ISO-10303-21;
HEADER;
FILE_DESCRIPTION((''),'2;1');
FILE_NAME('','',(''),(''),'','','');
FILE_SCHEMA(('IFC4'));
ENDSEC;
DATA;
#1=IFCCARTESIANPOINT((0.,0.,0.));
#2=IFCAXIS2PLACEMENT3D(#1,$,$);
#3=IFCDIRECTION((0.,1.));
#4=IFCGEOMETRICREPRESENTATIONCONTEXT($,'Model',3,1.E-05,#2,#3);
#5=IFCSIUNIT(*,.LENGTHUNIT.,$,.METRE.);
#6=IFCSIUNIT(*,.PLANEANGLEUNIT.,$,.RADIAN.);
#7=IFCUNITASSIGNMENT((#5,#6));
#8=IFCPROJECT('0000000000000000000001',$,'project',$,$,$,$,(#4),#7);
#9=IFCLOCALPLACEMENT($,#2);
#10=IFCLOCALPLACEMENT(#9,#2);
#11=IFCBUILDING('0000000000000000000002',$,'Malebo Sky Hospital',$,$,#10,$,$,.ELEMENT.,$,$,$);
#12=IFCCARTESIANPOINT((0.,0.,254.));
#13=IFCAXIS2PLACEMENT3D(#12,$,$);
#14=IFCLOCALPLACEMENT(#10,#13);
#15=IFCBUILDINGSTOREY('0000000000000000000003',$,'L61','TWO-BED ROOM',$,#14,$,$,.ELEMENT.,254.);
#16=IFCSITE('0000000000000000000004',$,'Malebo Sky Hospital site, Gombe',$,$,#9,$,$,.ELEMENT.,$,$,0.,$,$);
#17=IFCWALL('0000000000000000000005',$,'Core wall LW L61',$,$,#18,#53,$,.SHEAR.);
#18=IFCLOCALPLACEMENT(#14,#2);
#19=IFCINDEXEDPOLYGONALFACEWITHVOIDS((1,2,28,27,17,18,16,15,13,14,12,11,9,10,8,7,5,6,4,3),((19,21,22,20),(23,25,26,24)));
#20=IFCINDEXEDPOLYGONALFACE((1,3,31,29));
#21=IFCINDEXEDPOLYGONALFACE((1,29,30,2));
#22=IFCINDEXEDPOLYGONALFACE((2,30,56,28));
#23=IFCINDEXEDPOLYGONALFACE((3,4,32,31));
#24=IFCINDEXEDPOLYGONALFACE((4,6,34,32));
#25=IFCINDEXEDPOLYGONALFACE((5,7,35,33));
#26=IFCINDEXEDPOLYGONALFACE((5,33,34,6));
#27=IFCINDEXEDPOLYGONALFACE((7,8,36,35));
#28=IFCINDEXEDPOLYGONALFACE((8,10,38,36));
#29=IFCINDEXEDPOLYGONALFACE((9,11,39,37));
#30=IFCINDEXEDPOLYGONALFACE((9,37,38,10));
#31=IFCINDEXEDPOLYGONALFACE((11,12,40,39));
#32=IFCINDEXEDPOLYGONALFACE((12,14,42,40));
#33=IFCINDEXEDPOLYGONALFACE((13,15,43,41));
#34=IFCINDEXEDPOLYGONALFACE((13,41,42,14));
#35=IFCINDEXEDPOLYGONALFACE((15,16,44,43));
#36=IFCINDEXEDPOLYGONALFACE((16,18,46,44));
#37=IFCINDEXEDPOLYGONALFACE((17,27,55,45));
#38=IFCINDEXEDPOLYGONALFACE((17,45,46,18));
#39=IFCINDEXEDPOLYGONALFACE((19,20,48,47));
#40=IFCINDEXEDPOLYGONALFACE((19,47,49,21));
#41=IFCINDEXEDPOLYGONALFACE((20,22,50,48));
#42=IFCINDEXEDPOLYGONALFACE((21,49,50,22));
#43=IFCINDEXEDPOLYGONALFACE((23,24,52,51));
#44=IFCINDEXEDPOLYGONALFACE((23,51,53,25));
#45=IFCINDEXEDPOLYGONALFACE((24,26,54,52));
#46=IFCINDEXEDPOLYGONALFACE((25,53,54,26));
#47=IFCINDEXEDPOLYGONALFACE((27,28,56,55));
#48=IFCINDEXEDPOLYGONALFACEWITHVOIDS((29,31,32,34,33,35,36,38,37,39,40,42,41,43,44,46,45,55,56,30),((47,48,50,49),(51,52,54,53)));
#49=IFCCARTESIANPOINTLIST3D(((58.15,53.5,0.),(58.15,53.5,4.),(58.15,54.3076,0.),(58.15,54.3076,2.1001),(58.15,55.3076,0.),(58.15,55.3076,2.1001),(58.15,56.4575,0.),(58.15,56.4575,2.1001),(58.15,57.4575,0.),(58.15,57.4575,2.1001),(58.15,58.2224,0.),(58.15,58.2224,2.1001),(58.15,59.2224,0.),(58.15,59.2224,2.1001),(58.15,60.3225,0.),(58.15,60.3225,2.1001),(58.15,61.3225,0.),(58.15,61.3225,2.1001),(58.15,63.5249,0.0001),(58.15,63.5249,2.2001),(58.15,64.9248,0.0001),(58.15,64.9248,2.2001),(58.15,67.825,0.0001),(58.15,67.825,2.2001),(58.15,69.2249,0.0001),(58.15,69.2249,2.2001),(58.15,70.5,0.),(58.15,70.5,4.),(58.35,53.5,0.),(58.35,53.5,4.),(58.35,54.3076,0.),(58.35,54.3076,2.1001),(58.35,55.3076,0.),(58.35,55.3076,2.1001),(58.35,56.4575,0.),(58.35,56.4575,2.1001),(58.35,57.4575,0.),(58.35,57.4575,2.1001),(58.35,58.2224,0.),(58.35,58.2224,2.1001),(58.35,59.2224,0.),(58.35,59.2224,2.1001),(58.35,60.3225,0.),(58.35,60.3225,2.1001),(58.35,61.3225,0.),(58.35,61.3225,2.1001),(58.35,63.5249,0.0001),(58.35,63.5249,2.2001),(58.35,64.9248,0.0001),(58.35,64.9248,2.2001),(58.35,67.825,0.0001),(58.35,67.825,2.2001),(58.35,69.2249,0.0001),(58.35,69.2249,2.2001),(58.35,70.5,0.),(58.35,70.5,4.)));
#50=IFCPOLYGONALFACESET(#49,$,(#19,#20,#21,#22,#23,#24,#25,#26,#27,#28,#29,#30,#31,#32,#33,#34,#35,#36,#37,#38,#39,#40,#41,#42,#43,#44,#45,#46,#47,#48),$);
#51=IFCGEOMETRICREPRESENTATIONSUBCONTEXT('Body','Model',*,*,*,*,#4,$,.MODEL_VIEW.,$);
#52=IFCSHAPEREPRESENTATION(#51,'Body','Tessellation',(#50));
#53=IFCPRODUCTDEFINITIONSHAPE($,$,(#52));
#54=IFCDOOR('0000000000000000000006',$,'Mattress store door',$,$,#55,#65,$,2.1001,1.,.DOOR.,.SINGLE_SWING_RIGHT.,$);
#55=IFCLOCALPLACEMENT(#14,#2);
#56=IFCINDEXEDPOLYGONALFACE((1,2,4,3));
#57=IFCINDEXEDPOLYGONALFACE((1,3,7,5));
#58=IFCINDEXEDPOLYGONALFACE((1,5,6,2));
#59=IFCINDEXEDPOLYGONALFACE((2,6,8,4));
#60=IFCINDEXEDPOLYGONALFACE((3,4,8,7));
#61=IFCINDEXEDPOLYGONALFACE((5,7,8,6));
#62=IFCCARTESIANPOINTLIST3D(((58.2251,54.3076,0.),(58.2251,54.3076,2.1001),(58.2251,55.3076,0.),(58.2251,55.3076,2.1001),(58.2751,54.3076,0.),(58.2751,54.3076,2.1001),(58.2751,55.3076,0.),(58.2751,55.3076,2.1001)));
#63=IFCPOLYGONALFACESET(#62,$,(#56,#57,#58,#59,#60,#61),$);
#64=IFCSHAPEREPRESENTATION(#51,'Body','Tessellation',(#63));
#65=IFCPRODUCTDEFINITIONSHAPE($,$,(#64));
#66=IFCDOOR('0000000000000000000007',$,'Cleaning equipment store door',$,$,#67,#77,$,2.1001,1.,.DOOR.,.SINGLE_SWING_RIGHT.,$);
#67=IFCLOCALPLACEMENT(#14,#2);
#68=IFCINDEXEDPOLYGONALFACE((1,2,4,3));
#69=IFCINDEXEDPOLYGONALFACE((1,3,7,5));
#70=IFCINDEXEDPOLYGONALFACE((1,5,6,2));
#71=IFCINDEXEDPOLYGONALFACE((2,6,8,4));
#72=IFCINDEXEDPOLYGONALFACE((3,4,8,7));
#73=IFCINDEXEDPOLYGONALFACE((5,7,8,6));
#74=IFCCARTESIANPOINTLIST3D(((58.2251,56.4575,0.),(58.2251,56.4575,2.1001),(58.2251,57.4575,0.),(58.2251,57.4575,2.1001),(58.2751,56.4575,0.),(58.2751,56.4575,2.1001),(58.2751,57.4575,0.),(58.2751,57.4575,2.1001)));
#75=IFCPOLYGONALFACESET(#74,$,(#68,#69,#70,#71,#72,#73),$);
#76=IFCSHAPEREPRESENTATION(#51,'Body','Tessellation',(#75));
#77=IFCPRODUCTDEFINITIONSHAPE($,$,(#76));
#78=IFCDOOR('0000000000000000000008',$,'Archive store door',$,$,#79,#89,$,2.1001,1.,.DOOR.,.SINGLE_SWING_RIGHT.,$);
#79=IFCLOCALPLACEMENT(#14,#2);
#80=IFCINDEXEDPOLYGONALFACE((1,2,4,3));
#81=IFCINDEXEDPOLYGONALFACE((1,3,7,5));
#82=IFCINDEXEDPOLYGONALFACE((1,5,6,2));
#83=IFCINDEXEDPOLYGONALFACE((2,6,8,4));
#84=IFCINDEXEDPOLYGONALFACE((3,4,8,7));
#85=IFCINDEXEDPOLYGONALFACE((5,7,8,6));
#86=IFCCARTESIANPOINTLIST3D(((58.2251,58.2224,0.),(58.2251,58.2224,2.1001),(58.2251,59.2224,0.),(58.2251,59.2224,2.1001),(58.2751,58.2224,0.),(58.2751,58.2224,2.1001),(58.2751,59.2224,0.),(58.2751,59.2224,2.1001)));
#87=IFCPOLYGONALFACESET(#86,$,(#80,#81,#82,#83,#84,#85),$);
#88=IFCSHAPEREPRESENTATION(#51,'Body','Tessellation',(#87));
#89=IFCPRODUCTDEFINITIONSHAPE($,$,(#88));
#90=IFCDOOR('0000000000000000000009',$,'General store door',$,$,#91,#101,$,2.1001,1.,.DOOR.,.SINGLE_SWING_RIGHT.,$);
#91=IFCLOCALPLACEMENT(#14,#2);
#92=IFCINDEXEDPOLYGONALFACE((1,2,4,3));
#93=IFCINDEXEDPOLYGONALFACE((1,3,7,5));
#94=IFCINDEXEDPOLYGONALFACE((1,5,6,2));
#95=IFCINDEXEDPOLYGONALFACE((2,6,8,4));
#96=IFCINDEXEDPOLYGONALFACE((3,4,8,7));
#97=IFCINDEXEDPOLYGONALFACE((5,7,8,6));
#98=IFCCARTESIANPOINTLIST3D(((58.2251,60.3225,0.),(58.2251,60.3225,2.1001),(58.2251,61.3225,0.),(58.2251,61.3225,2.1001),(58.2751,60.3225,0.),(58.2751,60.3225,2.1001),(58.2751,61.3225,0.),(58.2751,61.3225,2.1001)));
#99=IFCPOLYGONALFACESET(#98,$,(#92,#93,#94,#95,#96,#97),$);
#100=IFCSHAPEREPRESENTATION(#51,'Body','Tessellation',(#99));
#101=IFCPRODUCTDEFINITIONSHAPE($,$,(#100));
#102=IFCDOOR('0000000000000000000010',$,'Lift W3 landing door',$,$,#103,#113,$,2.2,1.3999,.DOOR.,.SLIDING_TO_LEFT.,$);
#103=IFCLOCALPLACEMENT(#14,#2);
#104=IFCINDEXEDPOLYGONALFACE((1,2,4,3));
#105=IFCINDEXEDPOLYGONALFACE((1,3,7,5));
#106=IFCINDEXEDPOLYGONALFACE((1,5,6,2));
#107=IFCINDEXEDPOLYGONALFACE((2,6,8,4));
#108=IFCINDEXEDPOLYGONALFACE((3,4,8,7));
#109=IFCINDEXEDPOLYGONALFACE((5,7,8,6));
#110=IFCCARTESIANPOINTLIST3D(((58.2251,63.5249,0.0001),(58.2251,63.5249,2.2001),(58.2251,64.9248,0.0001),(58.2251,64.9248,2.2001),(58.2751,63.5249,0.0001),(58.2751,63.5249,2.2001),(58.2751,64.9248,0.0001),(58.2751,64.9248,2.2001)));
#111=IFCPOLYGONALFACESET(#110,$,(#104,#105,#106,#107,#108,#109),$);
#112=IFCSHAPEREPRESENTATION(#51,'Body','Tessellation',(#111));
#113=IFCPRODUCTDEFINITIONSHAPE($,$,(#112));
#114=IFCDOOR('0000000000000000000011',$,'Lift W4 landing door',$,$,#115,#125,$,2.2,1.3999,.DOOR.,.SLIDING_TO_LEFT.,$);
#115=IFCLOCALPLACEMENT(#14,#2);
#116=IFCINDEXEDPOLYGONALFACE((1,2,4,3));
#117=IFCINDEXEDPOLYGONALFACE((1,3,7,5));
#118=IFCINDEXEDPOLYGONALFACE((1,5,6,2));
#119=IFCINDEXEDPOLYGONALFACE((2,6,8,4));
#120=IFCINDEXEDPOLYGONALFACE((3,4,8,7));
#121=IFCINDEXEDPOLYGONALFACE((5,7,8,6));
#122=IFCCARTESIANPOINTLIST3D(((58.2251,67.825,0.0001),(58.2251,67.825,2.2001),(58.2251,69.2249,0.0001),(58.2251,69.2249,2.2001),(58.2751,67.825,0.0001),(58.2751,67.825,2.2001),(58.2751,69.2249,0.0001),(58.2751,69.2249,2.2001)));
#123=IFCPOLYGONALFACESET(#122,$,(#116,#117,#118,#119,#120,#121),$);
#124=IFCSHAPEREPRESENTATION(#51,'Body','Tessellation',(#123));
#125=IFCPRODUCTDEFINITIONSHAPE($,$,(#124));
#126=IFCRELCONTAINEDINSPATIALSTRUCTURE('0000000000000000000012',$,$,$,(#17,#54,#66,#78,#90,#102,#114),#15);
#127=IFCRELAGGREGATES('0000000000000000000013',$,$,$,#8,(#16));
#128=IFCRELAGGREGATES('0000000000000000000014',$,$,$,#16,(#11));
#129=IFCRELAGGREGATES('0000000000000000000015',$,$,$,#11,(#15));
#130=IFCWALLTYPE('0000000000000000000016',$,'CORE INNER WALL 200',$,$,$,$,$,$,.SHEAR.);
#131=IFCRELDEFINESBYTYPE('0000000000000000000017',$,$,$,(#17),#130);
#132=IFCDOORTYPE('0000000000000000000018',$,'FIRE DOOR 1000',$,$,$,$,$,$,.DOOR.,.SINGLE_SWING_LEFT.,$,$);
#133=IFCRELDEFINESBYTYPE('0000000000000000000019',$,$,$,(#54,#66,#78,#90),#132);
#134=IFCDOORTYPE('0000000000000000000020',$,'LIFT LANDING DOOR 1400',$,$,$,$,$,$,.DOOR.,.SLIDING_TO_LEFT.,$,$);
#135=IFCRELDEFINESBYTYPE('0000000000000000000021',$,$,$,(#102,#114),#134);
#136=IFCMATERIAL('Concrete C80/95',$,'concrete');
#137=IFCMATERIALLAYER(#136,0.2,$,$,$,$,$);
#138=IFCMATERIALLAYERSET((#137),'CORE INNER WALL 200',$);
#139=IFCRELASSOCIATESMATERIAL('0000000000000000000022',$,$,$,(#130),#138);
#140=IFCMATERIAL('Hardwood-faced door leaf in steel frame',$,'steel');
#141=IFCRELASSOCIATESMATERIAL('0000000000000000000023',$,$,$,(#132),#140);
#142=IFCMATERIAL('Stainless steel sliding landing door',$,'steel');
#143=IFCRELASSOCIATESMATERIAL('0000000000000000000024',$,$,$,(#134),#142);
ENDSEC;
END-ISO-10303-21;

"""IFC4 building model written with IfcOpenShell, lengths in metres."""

from ifc_helpers import new_model, si_unit, direction, frame, frame_2d, origin, place, context, subcontext, project, spatial, rectangle, extrude, material, layer, layer_set, type_object, element, fill, save


model = new_model("IFC4")

# Units and contexts
model_context = context("Model", 3, precision=1e-05, world=origin(), true_north=direction((0.0, 1.0)))
body_context = subcontext(model_context, "Body", "Model", "MODEL_VIEW")
ifc_project = project(units=[si_unit("LENGTHUNIT", "METRE"), si_unit("PLANEANGLEUNIT", "RADIAN")], contexts=[model_context])

# Site, building, storey
site_placement = place(None, origin())
site = spatial("IfcSite", under=ifc_project, at=site_placement, Name="Malebo Sky Hospital site, Gombe", CompositionType="ELEMENT", RefElevation=0.0)
building_placement = place(site_placement, origin())
building = spatial("IfcBuilding", under=site, at=building_placement, Name="Malebo Sky Hospital", CompositionType="ELEMENT")
storey_placement = place(building_placement, frame((0.0, 0.0, 254.0)))
storey = spatial("IfcBuildingStorey", under=building, at=storey_placement, Name="L61", Description="TWO-BED ROOM", CompositionType="ELEMENT", Elevation=254.0)

# Wall, openings, doors
ifc_material_1 = material(Name="Concrete C80/95", Category="concrete")
ifc_layer_1 = layer(ifc_material_1, 0.2)
ifc_layer_set_1 = layer_set([ifc_layer_1], Name="CORE INNER WALL 200")
wall_type_1 = type_object("IfcWallType", Name="CORE INNER WALL 200", PredefinedType="SHEAR", material=ifc_layer_set_1)
wall_1_placement = place(storey_placement, frame((58.25, 53.5, 0.0), z_axis=(0.0, 0.0, 1.0), x_axis=(0.0, 1.0, 0.0)))
wall_1 = element("IfcWall", 1, at=wall_1_placement, inside=storey, type_object=wall_type_1, Name="Core wall LW L61", PredefinedType="SHEAR", context=body_context, shape_type="SweptSolid", body=[
    extrude(rectangle(XDim=17.0, YDim=0.2, at=frame_2d((8.5, 0.0))), origin(), (0.0, 0.0, 1.0), 4.0),
])
opening_1_placement = place(wall_1_placement, frame((0.8076, 0.0, 0.0)))
opening_1 = element("IfcOpeningElement", 2, at=opening_1_placement, cuts=wall_1, PredefinedType="OPENING", context=body_context, shape_type="SweptSolid", body=[
    extrude(rectangle(XDim=1.0, YDim=2.1001, at=frame_2d((0.5, 1.05))), frame((0.0, 0.1099, 0.0), z_axis=(0.0, -1.0, 0.0), x_axis=(1.0, 0.0, 0.0)), (0.0, 0.0, 1.0), 0.22),
])
opening_2_placement = place(wall_1_placement, frame((2.9575, 0.0, 0.0)))
opening_2 = element("IfcOpeningElement", 3, at=opening_2_placement, cuts=wall_1, PredefinedType="OPENING", context=body_context, shape_type="SweptSolid", body=[
    extrude(rectangle(XDim=1.0, YDim=2.1001, at=frame_2d((0.5, 1.05))), frame((0.0, 0.1099, 0.0), z_axis=(0.0, -1.0, 0.0), x_axis=(1.0, 0.0, 0.0)), (0.0, 0.0, 1.0), 0.22),
])
opening_3_placement = place(wall_1_placement, frame((4.7224, 0.0, 0.0)))
opening_3 = element("IfcOpeningElement", 4, at=opening_3_placement, cuts=wall_1, PredefinedType="OPENING", context=body_context, shape_type="SweptSolid", body=[
    extrude(rectangle(XDim=1.0, YDim=2.1001, at=frame_2d((0.5, 1.05))), frame((0.0, 0.1099, 0.0), z_axis=(0.0, -1.0, 0.0), x_axis=(1.0, 0.0, 0.0)), (0.0, 0.0, 1.0), 0.22),
])
opening_4_placement = place(wall_1_placement, frame((6.8225, 0.0, 0.0)))
opening_4 = element("IfcOpeningElement", 5, at=opening_4_placement, cuts=wall_1, PredefinedType="OPENING", context=body_context, shape_type="SweptSolid", body=[
    extrude(rectangle(XDim=1.0, YDim=2.1001, at=frame_2d((0.5, 1.05))), frame((0.0, 0.1099, 0.0), z_axis=(0.0, -1.0, 0.0), x_axis=(1.0, 0.0, 0.0)), (0.0, 0.0, 1.0), 0.22),
])
opening_5_placement = place(wall_1_placement, frame((10.0249, 0.0, 0.0)))
opening_5 = element("IfcOpeningElement", 6, at=opening_5_placement, cuts=wall_1, PredefinedType="OPENING", context=body_context, shape_type="SweptSolid", body=[
    extrude(rectangle(XDim=1.3999, YDim=2.2, at=frame_2d((0.7, 1.1001))), frame((0.0, 0.1099, 0.0), z_axis=(0.0, -1.0, 0.0), x_axis=(1.0, 0.0, 0.0)), (0.0, 0.0, 1.0), 0.22),
])
opening_6_placement = place(wall_1_placement, frame((14.325, 0.0, 0.0)))
opening_6 = element("IfcOpeningElement", 7, at=opening_6_placement, cuts=wall_1, PredefinedType="OPENING", context=body_context, shape_type="SweptSolid", body=[
    extrude(rectangle(XDim=1.3999, YDim=2.2, at=frame_2d((0.7, 1.1001))), frame((0.0, 0.1099, 0.0), z_axis=(0.0, -1.0, 0.0), x_axis=(1.0, 0.0, 0.0)), (0.0, 0.0, 1.0), 0.22),
])
ifc_material_2 = material(Name="Hardwood-faced door leaf in steel frame", Category="steel")
door_type_1 = type_object("IfcDoorType", Name="FIRE DOOR 1000", OperationType="SINGLE_SWING_LEFT", PredefinedType="DOOR", material=ifc_material_2)
door_1_placement = place(opening_1_placement, origin())
door_1 = element("IfcDoor", 8, at=door_1_placement, inside=storey, type_object=door_type_1, Name="Mattress store door", OperationType="SINGLE_SWING_RIGHT", OverallHeight=2.1001, OverallWidth=1.0, PredefinedType="DOOR", context=body_context, shape_type="SweptSolid", body=[
    extrude(rectangle(XDim=1.0, YDim=2.1001, at=frame_2d((0.5, 1.05))), frame((0.0, 0.0249, 0.0), z_axis=(0.0, -1.0, 0.0), x_axis=(1.0, 0.0, 0.0)), (0.0, 0.0, 1.0), 0.05),
])
fill(opening_1, door_1)
door_2_placement = place(opening_2_placement, origin())
door_2 = element("IfcDoor", 9, at=door_2_placement, inside=storey, type_object=door_type_1, Name="Cleaning equipment store door", OperationType="SINGLE_SWING_RIGHT", OverallHeight=2.1001, OverallWidth=1.0, PredefinedType="DOOR", context=body_context, shape_type="SweptSolid", body=[
    extrude(rectangle(XDim=1.0, YDim=2.1001, at=frame_2d((0.5, 1.05))), frame((0.0, 0.0249, 0.0), z_axis=(0.0, -1.0, 0.0), x_axis=(1.0, 0.0, 0.0)), (0.0, 0.0, 1.0), 0.05),
])
fill(opening_2, door_2)
door_3_placement = place(opening_3_placement, origin())
door_3 = element("IfcDoor", 10, at=door_3_placement, inside=storey, type_object=door_type_1, Name="Archive store door", OperationType="SINGLE_SWING_RIGHT", OverallHeight=2.1001, OverallWidth=1.0, PredefinedType="DOOR", context=body_context, shape_type="SweptSolid", body=[
    extrude(rectangle(XDim=1.0, YDim=2.1001, at=frame_2d((0.5, 1.05))), frame((0.0, 0.0249, 0.0), z_axis=(0.0, -1.0, 0.0), x_axis=(1.0, 0.0, 0.0)), (0.0, 0.0, 1.0), 0.05),
])
fill(opening_3, door_3)
door_4_placement = place(opening_4_placement, origin())
door_4 = element("IfcDoor", 11, at=door_4_placement, inside=storey, type_object=door_type_1, Name="General store door", OperationType="SINGLE_SWING_RIGHT", OverallHeight=2.1001, OverallWidth=1.0, PredefinedType="DOOR", context=body_context, shape_type="SweptSolid", body=[
    extrude(rectangle(XDim=1.0, YDim=2.1001, at=frame_2d((0.5, 1.05))), frame((0.0, 0.0249, 0.0), z_axis=(0.0, -1.0, 0.0), x_axis=(1.0, 0.0, 0.0)), (0.0, 0.0, 1.0), 0.05),
])
fill(opening_4, door_4)
ifc_material_3 = material(Name="Stainless steel sliding landing door", Category="steel")
door_type_2 = type_object("IfcDoorType", Name="LIFT LANDING DOOR 1400", OperationType="SLIDING_TO_LEFT", PredefinedType="DOOR", material=ifc_material_3)
door_5_placement = place(opening_5_placement, origin())
door_5 = element("IfcDoor", 12, at=door_5_placement, inside=storey, type_object=door_type_2, Name="Lift W3 landing door", OperationType="SLIDING_TO_LEFT", OverallHeight=2.2, OverallWidth=1.3999, PredefinedType="DOOR", context=body_context, shape_type="SweptSolid", body=[
    extrude(rectangle(XDim=1.3999, YDim=2.2, at=frame_2d((0.7, 1.1001))), frame((0.0, 0.0249, 0.0), z_axis=(0.0, -1.0, 0.0), x_axis=(1.0, 0.0, 0.0)), (0.0, 0.0, 1.0), 0.05),
])
fill(opening_5, door_5)
door_6_placement = place(opening_6_placement, origin())
door_6 = element("IfcDoor", 13, at=door_6_placement, inside=storey, type_object=door_type_2, Name="Lift W4 landing door", OperationType="SLIDING_TO_LEFT", OverallHeight=2.2, OverallWidth=1.3999, PredefinedType="DOOR", context=body_context, shape_type="SweptSolid", body=[
    extrude(rectangle(XDim=1.3999, YDim=2.2, at=frame_2d((0.7, 1.1001))), frame((0.0, 0.0249, 0.0), z_axis=(0.0, -1.0, 0.0), x_axis=(1.0, 0.0, 0.0)), (0.0, 0.0, 1.0), 0.05),
])
fill(opening_6, door_6)

save(model, "model.ifc")
